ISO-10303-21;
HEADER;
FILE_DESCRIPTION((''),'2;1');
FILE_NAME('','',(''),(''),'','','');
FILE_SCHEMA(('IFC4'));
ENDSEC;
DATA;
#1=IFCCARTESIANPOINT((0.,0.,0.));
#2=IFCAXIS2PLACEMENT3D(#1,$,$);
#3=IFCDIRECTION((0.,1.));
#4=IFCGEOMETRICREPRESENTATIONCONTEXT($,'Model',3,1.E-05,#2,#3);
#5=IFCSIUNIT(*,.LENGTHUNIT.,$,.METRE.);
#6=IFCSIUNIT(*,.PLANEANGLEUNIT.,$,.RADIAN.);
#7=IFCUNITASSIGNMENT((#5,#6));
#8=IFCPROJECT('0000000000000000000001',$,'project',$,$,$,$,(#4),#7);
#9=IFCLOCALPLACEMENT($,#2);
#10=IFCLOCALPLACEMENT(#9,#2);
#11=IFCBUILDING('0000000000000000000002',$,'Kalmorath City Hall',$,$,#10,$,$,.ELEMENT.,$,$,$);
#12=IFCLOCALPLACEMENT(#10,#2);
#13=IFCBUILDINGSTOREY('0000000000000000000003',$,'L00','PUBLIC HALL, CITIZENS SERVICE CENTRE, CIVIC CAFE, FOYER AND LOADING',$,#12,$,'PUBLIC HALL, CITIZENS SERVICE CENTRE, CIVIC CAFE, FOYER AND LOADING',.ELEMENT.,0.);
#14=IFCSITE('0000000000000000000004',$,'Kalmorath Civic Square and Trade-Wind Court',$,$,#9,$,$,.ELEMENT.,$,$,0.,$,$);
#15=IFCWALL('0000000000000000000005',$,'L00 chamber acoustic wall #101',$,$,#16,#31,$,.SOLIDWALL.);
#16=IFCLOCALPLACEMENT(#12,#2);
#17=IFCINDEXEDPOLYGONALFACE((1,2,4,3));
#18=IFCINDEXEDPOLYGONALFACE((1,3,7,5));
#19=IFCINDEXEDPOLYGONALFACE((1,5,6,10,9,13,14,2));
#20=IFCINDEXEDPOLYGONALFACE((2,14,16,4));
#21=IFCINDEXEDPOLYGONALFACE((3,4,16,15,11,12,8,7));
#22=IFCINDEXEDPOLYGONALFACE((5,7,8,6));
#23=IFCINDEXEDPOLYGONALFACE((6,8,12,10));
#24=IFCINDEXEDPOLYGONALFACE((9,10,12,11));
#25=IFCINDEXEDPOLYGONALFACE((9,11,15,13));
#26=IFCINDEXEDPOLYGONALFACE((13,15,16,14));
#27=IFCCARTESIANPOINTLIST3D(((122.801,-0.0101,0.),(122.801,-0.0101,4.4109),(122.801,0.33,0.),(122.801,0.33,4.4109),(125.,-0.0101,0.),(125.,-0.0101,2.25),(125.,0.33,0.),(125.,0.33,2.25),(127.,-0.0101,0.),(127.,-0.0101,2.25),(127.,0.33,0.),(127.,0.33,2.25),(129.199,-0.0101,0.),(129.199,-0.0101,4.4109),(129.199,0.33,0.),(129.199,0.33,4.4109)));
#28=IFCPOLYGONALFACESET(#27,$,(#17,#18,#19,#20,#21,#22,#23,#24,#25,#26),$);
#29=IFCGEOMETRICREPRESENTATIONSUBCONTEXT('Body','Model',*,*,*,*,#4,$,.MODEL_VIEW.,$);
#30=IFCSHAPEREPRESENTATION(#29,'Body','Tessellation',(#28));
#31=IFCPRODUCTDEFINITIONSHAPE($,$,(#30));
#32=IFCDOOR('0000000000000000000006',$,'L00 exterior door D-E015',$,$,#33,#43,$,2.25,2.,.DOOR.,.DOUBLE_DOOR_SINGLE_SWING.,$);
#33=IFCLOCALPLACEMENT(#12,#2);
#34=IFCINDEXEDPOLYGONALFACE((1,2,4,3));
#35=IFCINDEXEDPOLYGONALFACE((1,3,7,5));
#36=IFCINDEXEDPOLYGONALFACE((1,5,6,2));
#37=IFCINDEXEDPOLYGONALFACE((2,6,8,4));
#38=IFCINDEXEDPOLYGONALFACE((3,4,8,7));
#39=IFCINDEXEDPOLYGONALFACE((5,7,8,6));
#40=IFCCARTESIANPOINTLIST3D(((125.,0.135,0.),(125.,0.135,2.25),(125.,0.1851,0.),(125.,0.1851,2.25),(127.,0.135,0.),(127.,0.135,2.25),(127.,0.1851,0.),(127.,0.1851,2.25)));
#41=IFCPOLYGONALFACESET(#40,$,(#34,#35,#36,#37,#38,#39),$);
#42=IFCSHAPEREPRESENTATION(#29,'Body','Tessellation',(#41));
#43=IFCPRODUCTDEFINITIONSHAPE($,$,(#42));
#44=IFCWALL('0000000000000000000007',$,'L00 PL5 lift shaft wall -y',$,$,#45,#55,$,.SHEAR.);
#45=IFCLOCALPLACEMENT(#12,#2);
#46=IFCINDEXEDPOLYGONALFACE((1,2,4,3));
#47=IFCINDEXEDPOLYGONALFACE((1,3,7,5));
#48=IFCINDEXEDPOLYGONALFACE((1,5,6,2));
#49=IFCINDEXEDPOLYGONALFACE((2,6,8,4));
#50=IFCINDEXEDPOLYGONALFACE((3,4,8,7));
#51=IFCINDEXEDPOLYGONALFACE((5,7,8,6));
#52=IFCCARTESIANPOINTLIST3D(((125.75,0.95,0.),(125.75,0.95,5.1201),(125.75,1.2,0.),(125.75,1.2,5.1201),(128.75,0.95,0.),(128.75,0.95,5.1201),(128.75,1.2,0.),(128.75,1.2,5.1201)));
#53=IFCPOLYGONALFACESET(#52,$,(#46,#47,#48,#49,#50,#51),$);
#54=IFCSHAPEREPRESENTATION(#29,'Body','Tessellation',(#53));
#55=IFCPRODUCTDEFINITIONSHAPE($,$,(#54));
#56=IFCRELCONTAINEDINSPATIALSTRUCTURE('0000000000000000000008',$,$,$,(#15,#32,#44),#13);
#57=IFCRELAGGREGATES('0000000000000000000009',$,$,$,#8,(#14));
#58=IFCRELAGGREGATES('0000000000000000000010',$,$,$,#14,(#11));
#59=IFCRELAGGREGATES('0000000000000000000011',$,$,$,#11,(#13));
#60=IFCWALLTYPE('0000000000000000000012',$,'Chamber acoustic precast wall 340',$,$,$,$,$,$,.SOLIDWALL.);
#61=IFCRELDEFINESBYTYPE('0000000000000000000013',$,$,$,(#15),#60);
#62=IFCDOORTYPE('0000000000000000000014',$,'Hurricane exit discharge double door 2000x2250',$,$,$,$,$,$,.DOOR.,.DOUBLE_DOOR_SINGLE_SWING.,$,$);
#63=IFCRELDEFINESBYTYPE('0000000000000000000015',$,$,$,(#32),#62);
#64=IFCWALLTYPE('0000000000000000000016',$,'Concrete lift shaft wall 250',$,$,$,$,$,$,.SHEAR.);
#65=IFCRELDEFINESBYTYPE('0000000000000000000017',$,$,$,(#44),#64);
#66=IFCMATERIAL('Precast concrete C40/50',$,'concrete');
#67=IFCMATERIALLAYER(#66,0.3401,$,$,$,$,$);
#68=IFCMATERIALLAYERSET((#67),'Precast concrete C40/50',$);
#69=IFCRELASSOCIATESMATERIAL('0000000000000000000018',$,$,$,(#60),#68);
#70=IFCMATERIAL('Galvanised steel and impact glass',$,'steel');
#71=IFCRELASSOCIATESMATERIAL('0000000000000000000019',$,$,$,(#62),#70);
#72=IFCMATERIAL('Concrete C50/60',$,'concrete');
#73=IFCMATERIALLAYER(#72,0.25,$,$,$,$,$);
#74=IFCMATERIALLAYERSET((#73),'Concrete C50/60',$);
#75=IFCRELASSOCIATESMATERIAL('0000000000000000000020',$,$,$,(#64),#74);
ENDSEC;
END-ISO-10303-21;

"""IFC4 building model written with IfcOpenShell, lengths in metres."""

from ifc_helpers import new_model, si_unit, direction, frame, frame_2d, origin, place, context, subcontext, project, spatial, rectangle, extrude, material, layer, layer_set, type_object, element, fill, save


model = new_model("IFC4")

# Units and contexts
model_context = context("Model", 3, precision=1e-05, world=origin(), true_north=direction((0.0, 1.0)))
body_context = subcontext(model_context, "Body", "Model", "MODEL_VIEW")
ifc_project = project(units=[si_unit("LENGTHUNIT", "METRE"), si_unit("PLANEANGLEUNIT", "RADIAN")], contexts=[model_context])

# Site, building, storey
site_placement = place(None, origin())
site = spatial("IfcSite", under=ifc_project, at=site_placement, Name="Kalmorath Civic Square and Trade-Wind Court", CompositionType="ELEMENT", RefElevation=0.0)
building_placement = place(site_placement, origin())
building = spatial("IfcBuilding", under=site, at=building_placement, Name="Kalmorath City Hall", CompositionType="ELEMENT")
storey_placement = place(building_placement, origin())
storey = spatial("IfcBuildingStorey", under=building, at=storey_placement, Name="L00", Description="PUBLIC HALL, CITIZENS SERVICE CENTRE, CIVIC CAFE, FOYER AND LOADING", LongName="PUBLIC HALL, CITIZENS SERVICE CENTRE, CIVIC CAFE, FOYER AND LOADING", CompositionType="ELEMENT", Elevation=0.0)

# Wall, opening, door
ifc_material_1 = material(Name="Precast concrete C40/50", Category="concrete")
ifc_layer_1 = layer(ifc_material_1, 0.3401)
ifc_layer_set_1 = layer_set([ifc_layer_1], Name="Precast concrete C40/50")
wall_type_1 = type_object("IfcWallType", Name="Chamber acoustic precast wall 340", PredefinedType="SOLIDWALL", material=ifc_layer_set_1)
wall_1_placement = place(storey_placement, frame((129.199, 0.1599, 0.0), z_axis=(0.0, 0.0, 1.0), x_axis=(-1.0, 0.0, 0.0)))
wall_1 = element("IfcWall", 1, at=wall_1_placement, inside=storey, type_object=wall_type_1, Name="L00 chamber acoustic wall #101", PredefinedType="SOLIDWALL", context=body_context, shape_type="SweptSolid", body=[
    extrude(rectangle(XDim=6.3979, YDim=0.3401, at=frame_2d((3.199, 0.0))), origin(), (0.0, 0.0, 1.0), 4.4109),
])
opening_placement = place(wall_1_placement, frame((2.199, 0.0, 0.0)))
opening = element("IfcOpeningElement", 2, at=opening_placement, cuts=wall_1, PredefinedType="OPENING", context=body_context, shape_type="SweptSolid", body=[
    extrude(rectangle(XDim=2.0, YDim=2.25, at=frame_2d((1.0, 1.125))), frame((0.0, 0.1799, 0.0), z_axis=(0.0, -1.0, 0.0), x_axis=(1.0, 0.0, 0.0)), (0.0, 0.0, 1.0), 0.3601),
])
ifc_material_2 = material(Name="Galvanised steel and impact glass", Category="steel")
door_type = type_object("IfcDoorType", Name="Hurricane exit discharge double door 2000x2250", OperationType="DOUBLE_DOOR_SINGLE_SWING", PredefinedType="DOOR", material=ifc_material_2)
door_placement = place(opening_placement, origin())
door = element("IfcDoor", 3, at=door_placement, inside=storey, type_object=door_type, Name="L00 exterior door D-E015", OperationType="DOUBLE_DOOR_SINGLE_SWING", OverallHeight=2.25, OverallWidth=2.0, PredefinedType="DOOR", context=body_context, shape_type="SweptSolid", body=[
    extrude(rectangle(XDim=2.0, YDim=2.25, at=frame_2d((1.0, 1.125))), frame((0.0, 0.0249, 0.0), z_axis=(0.0, -1.0, 0.0), x_axis=(1.0, 0.0, 0.0)), (0.0, 0.0, 1.0), 0.05),
])
fill(opening, door)

# Wall
ifc_material_3 = material(Name="Concrete C50/60", Category="concrete")
ifc_layer_2 = layer(ifc_material_3, 0.25)
ifc_layer_set_2 = layer_set([ifc_layer_2], Name="Concrete C50/60")
wall_type_2 = type_object("IfcWallType", Name="Concrete lift shaft wall 250", PredefinedType="SHEAR", material=ifc_layer_set_2)
wall_2_placement = place(storey_placement, frame((125.75, 1.075, 0.0), z_axis=(0.0, 0.0, 1.0), x_axis=(1.0, 0.0, 0.0)))
element("IfcWall", 4, at=wall_2_placement, inside=storey, type_object=wall_type_2, Name="L00 PL5 lift shaft wall -y", PredefinedType="SHEAR", context=body_context, shape_type="SweptSolid", body=[
    extrude(rectangle(XDim=3.0, YDim=0.25, at=frame_2d((1.5, 0.0))), origin(), (0.0, 0.0, 1.0), 5.1201),
])

save(model, "model.ifc")
